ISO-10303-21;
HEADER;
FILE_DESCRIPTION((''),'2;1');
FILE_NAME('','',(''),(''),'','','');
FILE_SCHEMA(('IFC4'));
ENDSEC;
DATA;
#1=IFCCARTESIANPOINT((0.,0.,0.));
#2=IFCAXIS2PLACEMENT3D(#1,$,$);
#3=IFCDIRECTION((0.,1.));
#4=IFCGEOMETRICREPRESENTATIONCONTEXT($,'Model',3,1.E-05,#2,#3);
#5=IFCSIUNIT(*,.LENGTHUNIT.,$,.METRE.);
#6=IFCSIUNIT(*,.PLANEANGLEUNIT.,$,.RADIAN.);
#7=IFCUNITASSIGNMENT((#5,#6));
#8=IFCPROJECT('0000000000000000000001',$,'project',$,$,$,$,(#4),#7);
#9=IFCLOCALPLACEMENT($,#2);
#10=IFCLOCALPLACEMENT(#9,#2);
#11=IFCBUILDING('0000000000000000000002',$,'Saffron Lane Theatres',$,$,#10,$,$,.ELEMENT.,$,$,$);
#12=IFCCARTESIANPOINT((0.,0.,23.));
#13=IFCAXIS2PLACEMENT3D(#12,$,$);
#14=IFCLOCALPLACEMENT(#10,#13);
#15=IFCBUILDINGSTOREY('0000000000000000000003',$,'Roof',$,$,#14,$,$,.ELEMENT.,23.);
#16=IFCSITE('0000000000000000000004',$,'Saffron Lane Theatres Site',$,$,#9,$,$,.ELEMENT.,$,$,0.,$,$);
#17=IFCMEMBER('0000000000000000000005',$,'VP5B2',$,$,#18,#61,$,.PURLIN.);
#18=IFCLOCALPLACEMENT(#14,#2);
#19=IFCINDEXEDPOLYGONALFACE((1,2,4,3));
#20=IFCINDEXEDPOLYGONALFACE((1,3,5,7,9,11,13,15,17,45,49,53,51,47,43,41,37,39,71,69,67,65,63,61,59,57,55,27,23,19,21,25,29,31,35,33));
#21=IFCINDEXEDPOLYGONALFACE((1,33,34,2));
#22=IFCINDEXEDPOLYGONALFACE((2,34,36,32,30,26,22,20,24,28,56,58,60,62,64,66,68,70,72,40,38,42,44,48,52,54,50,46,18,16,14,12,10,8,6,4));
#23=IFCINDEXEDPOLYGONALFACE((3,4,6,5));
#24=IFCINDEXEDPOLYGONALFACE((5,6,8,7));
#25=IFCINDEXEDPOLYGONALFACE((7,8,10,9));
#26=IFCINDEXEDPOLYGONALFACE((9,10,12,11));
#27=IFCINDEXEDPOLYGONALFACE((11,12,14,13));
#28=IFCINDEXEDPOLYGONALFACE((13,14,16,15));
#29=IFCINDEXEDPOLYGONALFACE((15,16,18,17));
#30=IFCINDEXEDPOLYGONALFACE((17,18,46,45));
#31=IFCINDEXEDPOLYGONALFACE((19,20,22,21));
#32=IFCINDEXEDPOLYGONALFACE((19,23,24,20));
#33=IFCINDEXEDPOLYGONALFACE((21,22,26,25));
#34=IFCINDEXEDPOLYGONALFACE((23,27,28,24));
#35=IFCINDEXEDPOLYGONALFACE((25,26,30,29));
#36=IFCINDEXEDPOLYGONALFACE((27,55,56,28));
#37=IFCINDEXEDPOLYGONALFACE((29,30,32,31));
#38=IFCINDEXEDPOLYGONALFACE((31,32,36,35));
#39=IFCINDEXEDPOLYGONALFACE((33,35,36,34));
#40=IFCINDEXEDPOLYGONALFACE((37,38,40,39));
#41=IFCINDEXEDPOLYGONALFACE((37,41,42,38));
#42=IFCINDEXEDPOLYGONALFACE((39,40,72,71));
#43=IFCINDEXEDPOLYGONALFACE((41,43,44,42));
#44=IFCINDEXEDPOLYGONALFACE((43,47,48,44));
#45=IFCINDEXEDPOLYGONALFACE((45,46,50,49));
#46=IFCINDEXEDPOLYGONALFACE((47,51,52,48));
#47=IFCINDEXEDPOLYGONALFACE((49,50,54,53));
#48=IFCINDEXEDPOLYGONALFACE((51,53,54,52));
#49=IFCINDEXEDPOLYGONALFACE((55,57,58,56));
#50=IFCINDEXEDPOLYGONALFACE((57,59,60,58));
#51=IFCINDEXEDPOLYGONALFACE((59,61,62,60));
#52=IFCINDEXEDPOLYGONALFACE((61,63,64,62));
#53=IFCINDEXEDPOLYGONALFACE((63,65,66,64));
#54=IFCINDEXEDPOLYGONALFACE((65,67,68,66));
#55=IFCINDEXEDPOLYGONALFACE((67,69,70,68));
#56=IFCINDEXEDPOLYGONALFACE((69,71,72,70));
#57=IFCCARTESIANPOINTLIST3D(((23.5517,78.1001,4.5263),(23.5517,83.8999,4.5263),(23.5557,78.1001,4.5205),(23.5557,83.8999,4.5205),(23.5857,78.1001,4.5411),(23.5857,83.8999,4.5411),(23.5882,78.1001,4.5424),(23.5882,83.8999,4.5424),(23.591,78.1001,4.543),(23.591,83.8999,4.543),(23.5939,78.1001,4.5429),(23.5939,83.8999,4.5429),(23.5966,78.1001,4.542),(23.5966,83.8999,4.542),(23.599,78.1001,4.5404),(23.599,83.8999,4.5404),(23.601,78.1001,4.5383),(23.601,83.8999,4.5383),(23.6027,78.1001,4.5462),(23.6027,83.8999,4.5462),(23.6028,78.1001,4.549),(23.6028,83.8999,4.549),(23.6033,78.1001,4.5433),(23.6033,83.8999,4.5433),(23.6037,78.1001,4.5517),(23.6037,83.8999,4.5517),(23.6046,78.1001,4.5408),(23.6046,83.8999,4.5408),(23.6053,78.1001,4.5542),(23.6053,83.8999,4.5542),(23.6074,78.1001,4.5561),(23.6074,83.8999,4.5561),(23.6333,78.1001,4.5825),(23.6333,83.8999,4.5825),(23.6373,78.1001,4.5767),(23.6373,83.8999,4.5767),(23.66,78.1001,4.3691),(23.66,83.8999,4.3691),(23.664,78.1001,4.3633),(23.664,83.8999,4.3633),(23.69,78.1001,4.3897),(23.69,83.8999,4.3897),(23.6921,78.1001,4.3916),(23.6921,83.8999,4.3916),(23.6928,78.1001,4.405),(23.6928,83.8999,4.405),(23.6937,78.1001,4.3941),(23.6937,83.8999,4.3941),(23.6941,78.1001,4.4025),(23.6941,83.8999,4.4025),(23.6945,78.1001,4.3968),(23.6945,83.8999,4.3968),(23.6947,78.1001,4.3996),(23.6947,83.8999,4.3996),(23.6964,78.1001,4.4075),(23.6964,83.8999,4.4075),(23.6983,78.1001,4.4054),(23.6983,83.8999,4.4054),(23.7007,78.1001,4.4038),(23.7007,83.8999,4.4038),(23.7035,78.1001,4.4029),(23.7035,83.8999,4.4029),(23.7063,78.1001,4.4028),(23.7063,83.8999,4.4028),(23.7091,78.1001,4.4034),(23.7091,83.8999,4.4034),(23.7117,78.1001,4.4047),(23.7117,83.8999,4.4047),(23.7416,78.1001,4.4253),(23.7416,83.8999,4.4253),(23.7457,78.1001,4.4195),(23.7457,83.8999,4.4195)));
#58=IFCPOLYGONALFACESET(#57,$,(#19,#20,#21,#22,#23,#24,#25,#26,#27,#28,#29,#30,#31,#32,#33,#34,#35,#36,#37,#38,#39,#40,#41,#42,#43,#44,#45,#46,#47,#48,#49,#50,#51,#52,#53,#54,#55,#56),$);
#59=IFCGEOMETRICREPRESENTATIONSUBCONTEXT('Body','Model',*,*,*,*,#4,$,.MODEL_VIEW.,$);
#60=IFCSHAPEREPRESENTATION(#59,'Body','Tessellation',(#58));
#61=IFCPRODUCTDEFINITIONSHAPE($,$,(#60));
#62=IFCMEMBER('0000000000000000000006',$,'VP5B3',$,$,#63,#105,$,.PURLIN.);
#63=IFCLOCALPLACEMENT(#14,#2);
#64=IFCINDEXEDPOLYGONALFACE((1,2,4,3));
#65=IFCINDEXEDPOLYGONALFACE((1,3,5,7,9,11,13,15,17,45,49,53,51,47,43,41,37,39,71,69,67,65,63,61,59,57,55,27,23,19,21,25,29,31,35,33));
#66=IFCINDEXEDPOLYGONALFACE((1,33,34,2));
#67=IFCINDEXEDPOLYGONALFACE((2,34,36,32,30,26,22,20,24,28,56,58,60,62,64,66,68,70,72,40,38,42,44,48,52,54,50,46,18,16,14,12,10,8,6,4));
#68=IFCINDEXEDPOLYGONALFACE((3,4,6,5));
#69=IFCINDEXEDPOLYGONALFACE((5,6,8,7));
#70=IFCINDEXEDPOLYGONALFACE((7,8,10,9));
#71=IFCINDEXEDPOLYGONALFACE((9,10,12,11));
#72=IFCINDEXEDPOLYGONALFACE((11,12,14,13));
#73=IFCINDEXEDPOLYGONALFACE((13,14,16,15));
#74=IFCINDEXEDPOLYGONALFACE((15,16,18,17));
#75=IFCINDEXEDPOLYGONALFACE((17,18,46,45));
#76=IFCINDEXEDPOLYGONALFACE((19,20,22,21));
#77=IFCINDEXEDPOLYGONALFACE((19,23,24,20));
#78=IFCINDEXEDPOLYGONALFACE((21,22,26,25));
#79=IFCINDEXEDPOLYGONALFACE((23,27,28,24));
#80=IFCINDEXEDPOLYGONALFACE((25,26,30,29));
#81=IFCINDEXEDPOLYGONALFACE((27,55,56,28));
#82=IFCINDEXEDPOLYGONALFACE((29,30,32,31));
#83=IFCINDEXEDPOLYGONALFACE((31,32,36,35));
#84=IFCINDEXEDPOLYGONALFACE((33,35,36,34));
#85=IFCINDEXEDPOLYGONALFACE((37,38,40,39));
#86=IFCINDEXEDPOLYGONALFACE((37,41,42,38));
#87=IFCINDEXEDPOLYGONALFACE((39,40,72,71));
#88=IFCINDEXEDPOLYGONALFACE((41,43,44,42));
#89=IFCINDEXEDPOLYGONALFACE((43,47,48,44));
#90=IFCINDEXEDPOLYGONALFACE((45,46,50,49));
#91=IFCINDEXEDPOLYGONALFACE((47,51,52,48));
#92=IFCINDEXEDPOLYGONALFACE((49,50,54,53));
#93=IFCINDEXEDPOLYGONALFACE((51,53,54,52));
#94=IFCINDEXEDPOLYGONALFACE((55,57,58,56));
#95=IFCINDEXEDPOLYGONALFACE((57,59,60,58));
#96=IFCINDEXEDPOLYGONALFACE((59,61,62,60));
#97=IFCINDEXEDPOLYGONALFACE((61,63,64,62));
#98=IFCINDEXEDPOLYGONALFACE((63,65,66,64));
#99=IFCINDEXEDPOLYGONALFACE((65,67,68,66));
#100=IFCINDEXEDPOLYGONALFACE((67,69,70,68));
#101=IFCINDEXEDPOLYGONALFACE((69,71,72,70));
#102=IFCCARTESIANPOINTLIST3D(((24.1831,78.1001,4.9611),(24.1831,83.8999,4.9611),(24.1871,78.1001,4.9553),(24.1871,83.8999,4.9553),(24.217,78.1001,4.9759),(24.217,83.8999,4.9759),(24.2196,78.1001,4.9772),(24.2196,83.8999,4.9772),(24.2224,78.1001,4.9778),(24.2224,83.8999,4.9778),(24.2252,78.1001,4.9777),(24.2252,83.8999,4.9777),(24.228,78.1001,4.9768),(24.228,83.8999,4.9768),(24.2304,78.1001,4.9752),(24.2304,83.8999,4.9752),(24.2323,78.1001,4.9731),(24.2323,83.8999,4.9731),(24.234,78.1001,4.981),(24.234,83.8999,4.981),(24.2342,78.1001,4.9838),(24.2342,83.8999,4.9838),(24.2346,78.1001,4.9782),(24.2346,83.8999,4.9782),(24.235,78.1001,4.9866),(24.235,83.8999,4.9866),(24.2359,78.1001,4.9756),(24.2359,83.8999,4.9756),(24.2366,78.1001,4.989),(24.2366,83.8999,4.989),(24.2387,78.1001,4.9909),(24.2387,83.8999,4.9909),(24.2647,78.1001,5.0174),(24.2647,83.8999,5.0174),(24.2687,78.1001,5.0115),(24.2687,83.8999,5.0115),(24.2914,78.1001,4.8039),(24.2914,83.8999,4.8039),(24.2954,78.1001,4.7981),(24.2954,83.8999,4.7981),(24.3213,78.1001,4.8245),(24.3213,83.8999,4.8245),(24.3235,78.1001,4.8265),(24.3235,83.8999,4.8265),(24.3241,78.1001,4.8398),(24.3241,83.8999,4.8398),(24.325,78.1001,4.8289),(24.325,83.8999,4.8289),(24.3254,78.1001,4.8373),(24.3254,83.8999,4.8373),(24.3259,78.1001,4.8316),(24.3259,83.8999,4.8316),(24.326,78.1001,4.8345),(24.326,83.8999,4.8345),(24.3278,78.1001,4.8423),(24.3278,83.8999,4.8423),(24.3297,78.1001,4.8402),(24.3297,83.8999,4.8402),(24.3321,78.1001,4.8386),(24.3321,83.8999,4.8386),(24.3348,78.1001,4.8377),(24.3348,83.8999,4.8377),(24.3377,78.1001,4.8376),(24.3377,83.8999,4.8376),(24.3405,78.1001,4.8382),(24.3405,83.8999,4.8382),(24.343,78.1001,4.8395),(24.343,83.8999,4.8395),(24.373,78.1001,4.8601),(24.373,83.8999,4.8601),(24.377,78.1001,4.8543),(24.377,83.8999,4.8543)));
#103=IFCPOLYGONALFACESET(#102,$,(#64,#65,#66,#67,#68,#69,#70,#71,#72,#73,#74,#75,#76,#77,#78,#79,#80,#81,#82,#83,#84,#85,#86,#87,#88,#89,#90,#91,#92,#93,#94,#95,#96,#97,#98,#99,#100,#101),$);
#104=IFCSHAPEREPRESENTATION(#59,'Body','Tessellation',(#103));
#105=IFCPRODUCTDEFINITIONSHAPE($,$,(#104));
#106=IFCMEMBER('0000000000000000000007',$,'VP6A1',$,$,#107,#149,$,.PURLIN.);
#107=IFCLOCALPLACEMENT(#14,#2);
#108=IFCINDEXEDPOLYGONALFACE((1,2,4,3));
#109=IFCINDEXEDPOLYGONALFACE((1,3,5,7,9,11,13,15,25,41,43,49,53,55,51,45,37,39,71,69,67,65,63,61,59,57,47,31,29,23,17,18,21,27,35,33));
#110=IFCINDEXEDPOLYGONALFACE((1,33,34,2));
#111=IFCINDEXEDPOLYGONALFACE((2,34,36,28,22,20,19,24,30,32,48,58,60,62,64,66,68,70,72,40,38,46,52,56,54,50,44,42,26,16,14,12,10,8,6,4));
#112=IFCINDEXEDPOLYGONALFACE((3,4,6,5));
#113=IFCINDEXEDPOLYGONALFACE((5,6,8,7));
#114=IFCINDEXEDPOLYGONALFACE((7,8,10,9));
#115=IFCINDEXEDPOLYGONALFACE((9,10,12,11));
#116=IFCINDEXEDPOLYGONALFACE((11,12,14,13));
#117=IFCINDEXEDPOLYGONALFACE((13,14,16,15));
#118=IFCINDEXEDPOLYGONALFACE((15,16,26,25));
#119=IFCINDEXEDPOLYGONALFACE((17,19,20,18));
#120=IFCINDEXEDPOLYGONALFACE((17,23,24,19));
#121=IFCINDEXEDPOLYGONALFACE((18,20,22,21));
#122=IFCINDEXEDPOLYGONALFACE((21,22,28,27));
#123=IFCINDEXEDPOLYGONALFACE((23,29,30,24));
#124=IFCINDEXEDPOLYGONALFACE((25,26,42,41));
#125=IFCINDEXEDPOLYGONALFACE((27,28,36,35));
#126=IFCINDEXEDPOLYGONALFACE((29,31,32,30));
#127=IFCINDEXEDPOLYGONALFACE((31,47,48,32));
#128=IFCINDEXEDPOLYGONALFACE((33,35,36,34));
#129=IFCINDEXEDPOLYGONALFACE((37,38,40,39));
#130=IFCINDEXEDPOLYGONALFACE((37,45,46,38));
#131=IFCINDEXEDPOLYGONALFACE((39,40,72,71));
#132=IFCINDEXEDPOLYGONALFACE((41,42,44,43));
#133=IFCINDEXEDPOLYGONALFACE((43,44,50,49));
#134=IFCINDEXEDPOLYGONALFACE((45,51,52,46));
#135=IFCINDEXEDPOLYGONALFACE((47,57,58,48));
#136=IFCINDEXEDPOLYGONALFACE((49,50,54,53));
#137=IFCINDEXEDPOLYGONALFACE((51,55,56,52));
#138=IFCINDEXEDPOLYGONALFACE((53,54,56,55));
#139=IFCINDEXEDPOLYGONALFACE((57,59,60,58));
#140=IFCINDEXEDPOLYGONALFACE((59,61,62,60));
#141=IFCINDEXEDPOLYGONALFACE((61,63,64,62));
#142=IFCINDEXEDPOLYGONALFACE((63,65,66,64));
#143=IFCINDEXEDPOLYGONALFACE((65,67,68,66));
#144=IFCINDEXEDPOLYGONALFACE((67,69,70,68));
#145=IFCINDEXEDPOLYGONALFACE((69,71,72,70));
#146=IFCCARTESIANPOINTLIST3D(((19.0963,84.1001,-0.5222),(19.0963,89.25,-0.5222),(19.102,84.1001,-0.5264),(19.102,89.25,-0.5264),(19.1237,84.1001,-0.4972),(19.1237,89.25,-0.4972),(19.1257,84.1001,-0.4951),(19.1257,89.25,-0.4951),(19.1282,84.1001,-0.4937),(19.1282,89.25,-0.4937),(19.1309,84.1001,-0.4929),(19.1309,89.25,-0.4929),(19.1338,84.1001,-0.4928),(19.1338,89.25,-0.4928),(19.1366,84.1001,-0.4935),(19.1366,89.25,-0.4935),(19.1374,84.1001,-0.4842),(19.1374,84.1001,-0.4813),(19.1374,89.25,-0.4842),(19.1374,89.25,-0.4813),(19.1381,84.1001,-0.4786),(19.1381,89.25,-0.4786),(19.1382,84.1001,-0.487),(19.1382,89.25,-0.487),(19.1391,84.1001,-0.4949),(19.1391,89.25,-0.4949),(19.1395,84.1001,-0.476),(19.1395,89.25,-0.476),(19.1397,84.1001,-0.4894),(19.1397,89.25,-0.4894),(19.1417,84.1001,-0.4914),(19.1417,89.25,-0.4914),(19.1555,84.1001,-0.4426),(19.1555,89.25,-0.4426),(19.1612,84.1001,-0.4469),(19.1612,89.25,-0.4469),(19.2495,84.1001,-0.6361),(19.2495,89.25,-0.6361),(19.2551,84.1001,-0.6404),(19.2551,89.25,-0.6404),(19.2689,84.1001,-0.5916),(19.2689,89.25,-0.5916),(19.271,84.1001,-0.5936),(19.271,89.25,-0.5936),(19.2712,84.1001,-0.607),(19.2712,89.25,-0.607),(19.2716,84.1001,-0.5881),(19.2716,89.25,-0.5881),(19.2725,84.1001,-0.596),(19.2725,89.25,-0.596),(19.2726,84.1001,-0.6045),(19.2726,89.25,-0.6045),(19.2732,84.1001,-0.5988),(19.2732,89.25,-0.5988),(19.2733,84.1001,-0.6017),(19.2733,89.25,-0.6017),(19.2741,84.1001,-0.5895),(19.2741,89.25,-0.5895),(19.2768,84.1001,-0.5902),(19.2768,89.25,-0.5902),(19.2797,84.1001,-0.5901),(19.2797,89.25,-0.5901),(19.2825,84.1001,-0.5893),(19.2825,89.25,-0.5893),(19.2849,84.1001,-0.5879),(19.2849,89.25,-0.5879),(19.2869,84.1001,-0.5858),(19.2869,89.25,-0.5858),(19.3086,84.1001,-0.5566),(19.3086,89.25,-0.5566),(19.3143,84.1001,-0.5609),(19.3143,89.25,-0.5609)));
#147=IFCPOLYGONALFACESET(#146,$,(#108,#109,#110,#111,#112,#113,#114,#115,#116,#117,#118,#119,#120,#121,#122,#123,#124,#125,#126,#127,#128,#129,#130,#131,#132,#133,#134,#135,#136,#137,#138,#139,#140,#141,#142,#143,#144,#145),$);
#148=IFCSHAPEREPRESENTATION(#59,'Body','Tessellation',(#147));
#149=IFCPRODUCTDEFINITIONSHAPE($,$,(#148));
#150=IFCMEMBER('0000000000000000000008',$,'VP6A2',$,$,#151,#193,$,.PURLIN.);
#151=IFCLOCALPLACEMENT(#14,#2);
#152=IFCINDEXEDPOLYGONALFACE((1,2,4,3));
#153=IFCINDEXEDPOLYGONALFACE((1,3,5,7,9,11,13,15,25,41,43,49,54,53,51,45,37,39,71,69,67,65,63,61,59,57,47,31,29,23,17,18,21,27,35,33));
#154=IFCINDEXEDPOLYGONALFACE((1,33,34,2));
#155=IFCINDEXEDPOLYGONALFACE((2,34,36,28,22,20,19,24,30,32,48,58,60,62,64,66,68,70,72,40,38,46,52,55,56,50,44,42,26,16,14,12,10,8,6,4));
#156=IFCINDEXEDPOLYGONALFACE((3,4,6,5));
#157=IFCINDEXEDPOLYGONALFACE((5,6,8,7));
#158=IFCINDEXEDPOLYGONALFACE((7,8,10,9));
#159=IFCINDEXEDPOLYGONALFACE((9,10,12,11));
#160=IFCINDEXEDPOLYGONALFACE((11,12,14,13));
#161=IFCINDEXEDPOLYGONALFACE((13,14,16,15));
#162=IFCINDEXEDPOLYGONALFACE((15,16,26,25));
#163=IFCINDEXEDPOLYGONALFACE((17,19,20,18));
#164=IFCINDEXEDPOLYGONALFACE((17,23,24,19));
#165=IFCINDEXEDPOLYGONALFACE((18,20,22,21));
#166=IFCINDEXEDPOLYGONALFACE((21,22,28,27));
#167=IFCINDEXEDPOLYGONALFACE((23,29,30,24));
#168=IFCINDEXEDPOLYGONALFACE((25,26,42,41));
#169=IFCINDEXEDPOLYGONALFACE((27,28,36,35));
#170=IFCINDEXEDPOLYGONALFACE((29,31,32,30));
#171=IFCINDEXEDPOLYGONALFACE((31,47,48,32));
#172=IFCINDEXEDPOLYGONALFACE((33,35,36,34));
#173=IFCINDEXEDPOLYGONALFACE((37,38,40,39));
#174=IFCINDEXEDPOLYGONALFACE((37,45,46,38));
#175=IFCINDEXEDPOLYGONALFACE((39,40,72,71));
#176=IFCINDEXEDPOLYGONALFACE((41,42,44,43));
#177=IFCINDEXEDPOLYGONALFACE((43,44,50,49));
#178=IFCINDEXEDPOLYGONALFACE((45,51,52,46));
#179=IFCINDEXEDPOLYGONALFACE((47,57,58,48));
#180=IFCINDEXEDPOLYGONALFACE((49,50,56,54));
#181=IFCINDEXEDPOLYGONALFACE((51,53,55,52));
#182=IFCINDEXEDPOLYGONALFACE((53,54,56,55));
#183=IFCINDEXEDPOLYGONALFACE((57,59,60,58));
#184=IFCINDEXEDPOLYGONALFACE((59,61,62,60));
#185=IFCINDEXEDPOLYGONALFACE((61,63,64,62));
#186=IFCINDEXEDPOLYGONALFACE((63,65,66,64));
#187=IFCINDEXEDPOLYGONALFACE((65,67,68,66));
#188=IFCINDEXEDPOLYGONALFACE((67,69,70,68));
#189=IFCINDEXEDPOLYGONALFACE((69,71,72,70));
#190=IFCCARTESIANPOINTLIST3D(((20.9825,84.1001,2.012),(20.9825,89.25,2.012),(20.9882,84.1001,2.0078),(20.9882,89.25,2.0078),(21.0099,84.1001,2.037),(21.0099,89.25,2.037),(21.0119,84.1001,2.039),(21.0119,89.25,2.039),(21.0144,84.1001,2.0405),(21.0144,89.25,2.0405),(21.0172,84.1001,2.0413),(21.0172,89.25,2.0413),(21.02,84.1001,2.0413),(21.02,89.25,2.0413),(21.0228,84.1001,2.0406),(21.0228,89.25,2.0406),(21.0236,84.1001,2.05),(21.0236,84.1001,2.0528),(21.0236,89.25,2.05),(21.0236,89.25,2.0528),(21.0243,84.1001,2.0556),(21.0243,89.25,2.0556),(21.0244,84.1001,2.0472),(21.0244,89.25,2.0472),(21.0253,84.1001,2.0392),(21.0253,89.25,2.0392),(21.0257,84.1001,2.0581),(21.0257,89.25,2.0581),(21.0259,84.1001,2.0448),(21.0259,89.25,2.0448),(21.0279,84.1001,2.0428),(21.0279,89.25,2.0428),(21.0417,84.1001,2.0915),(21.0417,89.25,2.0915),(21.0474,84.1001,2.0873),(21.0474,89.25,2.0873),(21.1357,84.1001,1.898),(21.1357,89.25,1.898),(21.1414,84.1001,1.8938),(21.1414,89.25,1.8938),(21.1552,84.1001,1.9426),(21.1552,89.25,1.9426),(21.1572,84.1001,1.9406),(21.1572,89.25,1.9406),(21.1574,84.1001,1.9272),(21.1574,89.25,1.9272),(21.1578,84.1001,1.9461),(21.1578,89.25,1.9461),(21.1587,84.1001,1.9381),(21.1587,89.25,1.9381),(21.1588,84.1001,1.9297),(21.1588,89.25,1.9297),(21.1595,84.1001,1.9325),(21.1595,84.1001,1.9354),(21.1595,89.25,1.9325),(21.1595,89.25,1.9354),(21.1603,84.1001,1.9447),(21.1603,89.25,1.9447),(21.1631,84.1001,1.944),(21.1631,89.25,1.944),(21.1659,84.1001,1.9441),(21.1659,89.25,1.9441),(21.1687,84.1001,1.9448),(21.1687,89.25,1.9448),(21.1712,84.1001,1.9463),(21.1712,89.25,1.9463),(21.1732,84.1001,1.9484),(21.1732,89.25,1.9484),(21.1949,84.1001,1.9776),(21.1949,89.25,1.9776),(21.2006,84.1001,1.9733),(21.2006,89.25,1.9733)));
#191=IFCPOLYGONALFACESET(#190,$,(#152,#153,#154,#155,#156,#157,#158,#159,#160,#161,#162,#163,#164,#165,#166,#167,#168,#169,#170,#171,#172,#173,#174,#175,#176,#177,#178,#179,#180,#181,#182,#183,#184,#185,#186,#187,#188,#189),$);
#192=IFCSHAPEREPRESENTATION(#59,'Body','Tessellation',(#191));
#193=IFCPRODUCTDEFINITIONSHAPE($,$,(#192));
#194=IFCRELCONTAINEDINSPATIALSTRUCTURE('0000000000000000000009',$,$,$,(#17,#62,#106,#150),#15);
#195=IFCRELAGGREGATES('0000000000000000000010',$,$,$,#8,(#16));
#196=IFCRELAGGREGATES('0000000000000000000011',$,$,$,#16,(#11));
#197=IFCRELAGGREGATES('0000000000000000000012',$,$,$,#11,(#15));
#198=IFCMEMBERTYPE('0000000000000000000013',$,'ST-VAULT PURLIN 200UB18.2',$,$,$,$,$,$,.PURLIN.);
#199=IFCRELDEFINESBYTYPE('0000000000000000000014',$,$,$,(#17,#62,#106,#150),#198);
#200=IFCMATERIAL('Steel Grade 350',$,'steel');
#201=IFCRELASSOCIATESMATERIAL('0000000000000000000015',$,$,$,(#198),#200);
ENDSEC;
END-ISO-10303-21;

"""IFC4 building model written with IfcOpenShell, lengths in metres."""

from ifc_helpers import new_model, si_unit, direction, frame, origin, origin_2d, place, context, subcontext, project, spatial, i_section, extrude, material, material_profile, profile_set, type_object, element, save


model = new_model("IFC4")

# Units and contexts
model_context = context("Model", 3, precision=1e-05, world=origin(), true_north=direction((0.0, 1.0)))
body_context = subcontext(model_context, "Body", "Model", "MODEL_VIEW")
ifc_project = project(units=[si_unit("LENGTHUNIT", "METRE"), si_unit("PLANEANGLEUNIT", "RADIAN")], contexts=[model_context])

# Site, building, storey
site_placement = place(None, origin())
site = spatial("IfcSite", under=ifc_project, at=site_placement, Name="Saffron Lane Theatres Site", CompositionType="ELEMENT", RefElevation=0.0)
building_placement = place(site_placement, origin())
building = spatial("IfcBuilding", under=site, at=building_placement, Name="Saffron Lane Theatres", CompositionType="ELEMENT")
storey_placement = place(building_placement, frame((0.0, 0.0, 23.0)))
storey = spatial("IfcBuildingStorey", under=building, at=storey_placement, Name="Roof", CompositionType="ELEMENT", Elevation=23.0)

# Members
ifc_material_1 = material(Name="Steel Grade 350", Category="steel")
ifc_material_profile_1 = material_profile(ifc_material_1, i_section(OverallWidth=0.0991, OverallDepth=0.198, WebThickness=0.0044, FlangeThickness=0.0071, FilletRadius=0.011, at=origin_2d()))
ifc_profile_set_1 = profile_set([ifc_material_profile_1], Name="Steel Grade 350")
member_type_1 = type_object("IfcMemberType", Name="ST-VAULT PURLIN 200UB18.2", PredefinedType="PURLIN", material=ifc_profile_set_1)
for number, where, z_axis, x_axis, name in (
    (1, (23.6487, 78.1001, 4.4729), (0.0, 1.0, 0.0), (0.823487, 0.0, 0.567335), "VP5B2"),
    (2, (24.28, 78.1001, 4.9077), (0.0, 1.0, 0.0), (0.823487, 0.0, 0.567335), "VP5B3"),
):
    element("IfcMember", number, at=place(storey_placement, frame(where, z_axis=z_axis, x_axis=x_axis)), inside=storey, type_object=member_type_1, Name=name, PredefinedType="PURLIN", context=body_context, shape_type="SweptSolid", body=[
        extrude(i_section(OverallWidth=0.0991, OverallDepth=0.198, WebThickness=0.0044, FlangeThickness=0.0071, FilletRadius=0.011, at=origin_2d()), origin(), (0.0, 0.0, 1.0), 5.7998),
    ])
for number, where, z_axis, x_axis, name in (
    (3, (19.2053, 84.1001, -0.5415), (0.0, 1.0, 0.0), (0.597069, 0.0, 0.80219), "VP6A1"),
    (4, (21.0916, 84.1001, 1.9927), (0.0, 1.0, 0.0), (0.597069, 0.0, 0.80219), "VP6A2"),
):
    element("IfcMember", number, at=place(storey_placement, frame(where, z_axis=z_axis, x_axis=x_axis)), inside=storey, type_object=member_type_1, Name=name, PredefinedType="PURLIN", context=body_context, shape_type="SweptSolid", body=[
        extrude(i_section(OverallWidth=0.0991, OverallDepth=0.198, WebThickness=0.0044, FlangeThickness=0.0071, FilletRadius=0.011, at=origin_2d()), origin(), (0.0, 0.0, 1.0), 5.1499),
    ])

save(model, "model.ifc")
